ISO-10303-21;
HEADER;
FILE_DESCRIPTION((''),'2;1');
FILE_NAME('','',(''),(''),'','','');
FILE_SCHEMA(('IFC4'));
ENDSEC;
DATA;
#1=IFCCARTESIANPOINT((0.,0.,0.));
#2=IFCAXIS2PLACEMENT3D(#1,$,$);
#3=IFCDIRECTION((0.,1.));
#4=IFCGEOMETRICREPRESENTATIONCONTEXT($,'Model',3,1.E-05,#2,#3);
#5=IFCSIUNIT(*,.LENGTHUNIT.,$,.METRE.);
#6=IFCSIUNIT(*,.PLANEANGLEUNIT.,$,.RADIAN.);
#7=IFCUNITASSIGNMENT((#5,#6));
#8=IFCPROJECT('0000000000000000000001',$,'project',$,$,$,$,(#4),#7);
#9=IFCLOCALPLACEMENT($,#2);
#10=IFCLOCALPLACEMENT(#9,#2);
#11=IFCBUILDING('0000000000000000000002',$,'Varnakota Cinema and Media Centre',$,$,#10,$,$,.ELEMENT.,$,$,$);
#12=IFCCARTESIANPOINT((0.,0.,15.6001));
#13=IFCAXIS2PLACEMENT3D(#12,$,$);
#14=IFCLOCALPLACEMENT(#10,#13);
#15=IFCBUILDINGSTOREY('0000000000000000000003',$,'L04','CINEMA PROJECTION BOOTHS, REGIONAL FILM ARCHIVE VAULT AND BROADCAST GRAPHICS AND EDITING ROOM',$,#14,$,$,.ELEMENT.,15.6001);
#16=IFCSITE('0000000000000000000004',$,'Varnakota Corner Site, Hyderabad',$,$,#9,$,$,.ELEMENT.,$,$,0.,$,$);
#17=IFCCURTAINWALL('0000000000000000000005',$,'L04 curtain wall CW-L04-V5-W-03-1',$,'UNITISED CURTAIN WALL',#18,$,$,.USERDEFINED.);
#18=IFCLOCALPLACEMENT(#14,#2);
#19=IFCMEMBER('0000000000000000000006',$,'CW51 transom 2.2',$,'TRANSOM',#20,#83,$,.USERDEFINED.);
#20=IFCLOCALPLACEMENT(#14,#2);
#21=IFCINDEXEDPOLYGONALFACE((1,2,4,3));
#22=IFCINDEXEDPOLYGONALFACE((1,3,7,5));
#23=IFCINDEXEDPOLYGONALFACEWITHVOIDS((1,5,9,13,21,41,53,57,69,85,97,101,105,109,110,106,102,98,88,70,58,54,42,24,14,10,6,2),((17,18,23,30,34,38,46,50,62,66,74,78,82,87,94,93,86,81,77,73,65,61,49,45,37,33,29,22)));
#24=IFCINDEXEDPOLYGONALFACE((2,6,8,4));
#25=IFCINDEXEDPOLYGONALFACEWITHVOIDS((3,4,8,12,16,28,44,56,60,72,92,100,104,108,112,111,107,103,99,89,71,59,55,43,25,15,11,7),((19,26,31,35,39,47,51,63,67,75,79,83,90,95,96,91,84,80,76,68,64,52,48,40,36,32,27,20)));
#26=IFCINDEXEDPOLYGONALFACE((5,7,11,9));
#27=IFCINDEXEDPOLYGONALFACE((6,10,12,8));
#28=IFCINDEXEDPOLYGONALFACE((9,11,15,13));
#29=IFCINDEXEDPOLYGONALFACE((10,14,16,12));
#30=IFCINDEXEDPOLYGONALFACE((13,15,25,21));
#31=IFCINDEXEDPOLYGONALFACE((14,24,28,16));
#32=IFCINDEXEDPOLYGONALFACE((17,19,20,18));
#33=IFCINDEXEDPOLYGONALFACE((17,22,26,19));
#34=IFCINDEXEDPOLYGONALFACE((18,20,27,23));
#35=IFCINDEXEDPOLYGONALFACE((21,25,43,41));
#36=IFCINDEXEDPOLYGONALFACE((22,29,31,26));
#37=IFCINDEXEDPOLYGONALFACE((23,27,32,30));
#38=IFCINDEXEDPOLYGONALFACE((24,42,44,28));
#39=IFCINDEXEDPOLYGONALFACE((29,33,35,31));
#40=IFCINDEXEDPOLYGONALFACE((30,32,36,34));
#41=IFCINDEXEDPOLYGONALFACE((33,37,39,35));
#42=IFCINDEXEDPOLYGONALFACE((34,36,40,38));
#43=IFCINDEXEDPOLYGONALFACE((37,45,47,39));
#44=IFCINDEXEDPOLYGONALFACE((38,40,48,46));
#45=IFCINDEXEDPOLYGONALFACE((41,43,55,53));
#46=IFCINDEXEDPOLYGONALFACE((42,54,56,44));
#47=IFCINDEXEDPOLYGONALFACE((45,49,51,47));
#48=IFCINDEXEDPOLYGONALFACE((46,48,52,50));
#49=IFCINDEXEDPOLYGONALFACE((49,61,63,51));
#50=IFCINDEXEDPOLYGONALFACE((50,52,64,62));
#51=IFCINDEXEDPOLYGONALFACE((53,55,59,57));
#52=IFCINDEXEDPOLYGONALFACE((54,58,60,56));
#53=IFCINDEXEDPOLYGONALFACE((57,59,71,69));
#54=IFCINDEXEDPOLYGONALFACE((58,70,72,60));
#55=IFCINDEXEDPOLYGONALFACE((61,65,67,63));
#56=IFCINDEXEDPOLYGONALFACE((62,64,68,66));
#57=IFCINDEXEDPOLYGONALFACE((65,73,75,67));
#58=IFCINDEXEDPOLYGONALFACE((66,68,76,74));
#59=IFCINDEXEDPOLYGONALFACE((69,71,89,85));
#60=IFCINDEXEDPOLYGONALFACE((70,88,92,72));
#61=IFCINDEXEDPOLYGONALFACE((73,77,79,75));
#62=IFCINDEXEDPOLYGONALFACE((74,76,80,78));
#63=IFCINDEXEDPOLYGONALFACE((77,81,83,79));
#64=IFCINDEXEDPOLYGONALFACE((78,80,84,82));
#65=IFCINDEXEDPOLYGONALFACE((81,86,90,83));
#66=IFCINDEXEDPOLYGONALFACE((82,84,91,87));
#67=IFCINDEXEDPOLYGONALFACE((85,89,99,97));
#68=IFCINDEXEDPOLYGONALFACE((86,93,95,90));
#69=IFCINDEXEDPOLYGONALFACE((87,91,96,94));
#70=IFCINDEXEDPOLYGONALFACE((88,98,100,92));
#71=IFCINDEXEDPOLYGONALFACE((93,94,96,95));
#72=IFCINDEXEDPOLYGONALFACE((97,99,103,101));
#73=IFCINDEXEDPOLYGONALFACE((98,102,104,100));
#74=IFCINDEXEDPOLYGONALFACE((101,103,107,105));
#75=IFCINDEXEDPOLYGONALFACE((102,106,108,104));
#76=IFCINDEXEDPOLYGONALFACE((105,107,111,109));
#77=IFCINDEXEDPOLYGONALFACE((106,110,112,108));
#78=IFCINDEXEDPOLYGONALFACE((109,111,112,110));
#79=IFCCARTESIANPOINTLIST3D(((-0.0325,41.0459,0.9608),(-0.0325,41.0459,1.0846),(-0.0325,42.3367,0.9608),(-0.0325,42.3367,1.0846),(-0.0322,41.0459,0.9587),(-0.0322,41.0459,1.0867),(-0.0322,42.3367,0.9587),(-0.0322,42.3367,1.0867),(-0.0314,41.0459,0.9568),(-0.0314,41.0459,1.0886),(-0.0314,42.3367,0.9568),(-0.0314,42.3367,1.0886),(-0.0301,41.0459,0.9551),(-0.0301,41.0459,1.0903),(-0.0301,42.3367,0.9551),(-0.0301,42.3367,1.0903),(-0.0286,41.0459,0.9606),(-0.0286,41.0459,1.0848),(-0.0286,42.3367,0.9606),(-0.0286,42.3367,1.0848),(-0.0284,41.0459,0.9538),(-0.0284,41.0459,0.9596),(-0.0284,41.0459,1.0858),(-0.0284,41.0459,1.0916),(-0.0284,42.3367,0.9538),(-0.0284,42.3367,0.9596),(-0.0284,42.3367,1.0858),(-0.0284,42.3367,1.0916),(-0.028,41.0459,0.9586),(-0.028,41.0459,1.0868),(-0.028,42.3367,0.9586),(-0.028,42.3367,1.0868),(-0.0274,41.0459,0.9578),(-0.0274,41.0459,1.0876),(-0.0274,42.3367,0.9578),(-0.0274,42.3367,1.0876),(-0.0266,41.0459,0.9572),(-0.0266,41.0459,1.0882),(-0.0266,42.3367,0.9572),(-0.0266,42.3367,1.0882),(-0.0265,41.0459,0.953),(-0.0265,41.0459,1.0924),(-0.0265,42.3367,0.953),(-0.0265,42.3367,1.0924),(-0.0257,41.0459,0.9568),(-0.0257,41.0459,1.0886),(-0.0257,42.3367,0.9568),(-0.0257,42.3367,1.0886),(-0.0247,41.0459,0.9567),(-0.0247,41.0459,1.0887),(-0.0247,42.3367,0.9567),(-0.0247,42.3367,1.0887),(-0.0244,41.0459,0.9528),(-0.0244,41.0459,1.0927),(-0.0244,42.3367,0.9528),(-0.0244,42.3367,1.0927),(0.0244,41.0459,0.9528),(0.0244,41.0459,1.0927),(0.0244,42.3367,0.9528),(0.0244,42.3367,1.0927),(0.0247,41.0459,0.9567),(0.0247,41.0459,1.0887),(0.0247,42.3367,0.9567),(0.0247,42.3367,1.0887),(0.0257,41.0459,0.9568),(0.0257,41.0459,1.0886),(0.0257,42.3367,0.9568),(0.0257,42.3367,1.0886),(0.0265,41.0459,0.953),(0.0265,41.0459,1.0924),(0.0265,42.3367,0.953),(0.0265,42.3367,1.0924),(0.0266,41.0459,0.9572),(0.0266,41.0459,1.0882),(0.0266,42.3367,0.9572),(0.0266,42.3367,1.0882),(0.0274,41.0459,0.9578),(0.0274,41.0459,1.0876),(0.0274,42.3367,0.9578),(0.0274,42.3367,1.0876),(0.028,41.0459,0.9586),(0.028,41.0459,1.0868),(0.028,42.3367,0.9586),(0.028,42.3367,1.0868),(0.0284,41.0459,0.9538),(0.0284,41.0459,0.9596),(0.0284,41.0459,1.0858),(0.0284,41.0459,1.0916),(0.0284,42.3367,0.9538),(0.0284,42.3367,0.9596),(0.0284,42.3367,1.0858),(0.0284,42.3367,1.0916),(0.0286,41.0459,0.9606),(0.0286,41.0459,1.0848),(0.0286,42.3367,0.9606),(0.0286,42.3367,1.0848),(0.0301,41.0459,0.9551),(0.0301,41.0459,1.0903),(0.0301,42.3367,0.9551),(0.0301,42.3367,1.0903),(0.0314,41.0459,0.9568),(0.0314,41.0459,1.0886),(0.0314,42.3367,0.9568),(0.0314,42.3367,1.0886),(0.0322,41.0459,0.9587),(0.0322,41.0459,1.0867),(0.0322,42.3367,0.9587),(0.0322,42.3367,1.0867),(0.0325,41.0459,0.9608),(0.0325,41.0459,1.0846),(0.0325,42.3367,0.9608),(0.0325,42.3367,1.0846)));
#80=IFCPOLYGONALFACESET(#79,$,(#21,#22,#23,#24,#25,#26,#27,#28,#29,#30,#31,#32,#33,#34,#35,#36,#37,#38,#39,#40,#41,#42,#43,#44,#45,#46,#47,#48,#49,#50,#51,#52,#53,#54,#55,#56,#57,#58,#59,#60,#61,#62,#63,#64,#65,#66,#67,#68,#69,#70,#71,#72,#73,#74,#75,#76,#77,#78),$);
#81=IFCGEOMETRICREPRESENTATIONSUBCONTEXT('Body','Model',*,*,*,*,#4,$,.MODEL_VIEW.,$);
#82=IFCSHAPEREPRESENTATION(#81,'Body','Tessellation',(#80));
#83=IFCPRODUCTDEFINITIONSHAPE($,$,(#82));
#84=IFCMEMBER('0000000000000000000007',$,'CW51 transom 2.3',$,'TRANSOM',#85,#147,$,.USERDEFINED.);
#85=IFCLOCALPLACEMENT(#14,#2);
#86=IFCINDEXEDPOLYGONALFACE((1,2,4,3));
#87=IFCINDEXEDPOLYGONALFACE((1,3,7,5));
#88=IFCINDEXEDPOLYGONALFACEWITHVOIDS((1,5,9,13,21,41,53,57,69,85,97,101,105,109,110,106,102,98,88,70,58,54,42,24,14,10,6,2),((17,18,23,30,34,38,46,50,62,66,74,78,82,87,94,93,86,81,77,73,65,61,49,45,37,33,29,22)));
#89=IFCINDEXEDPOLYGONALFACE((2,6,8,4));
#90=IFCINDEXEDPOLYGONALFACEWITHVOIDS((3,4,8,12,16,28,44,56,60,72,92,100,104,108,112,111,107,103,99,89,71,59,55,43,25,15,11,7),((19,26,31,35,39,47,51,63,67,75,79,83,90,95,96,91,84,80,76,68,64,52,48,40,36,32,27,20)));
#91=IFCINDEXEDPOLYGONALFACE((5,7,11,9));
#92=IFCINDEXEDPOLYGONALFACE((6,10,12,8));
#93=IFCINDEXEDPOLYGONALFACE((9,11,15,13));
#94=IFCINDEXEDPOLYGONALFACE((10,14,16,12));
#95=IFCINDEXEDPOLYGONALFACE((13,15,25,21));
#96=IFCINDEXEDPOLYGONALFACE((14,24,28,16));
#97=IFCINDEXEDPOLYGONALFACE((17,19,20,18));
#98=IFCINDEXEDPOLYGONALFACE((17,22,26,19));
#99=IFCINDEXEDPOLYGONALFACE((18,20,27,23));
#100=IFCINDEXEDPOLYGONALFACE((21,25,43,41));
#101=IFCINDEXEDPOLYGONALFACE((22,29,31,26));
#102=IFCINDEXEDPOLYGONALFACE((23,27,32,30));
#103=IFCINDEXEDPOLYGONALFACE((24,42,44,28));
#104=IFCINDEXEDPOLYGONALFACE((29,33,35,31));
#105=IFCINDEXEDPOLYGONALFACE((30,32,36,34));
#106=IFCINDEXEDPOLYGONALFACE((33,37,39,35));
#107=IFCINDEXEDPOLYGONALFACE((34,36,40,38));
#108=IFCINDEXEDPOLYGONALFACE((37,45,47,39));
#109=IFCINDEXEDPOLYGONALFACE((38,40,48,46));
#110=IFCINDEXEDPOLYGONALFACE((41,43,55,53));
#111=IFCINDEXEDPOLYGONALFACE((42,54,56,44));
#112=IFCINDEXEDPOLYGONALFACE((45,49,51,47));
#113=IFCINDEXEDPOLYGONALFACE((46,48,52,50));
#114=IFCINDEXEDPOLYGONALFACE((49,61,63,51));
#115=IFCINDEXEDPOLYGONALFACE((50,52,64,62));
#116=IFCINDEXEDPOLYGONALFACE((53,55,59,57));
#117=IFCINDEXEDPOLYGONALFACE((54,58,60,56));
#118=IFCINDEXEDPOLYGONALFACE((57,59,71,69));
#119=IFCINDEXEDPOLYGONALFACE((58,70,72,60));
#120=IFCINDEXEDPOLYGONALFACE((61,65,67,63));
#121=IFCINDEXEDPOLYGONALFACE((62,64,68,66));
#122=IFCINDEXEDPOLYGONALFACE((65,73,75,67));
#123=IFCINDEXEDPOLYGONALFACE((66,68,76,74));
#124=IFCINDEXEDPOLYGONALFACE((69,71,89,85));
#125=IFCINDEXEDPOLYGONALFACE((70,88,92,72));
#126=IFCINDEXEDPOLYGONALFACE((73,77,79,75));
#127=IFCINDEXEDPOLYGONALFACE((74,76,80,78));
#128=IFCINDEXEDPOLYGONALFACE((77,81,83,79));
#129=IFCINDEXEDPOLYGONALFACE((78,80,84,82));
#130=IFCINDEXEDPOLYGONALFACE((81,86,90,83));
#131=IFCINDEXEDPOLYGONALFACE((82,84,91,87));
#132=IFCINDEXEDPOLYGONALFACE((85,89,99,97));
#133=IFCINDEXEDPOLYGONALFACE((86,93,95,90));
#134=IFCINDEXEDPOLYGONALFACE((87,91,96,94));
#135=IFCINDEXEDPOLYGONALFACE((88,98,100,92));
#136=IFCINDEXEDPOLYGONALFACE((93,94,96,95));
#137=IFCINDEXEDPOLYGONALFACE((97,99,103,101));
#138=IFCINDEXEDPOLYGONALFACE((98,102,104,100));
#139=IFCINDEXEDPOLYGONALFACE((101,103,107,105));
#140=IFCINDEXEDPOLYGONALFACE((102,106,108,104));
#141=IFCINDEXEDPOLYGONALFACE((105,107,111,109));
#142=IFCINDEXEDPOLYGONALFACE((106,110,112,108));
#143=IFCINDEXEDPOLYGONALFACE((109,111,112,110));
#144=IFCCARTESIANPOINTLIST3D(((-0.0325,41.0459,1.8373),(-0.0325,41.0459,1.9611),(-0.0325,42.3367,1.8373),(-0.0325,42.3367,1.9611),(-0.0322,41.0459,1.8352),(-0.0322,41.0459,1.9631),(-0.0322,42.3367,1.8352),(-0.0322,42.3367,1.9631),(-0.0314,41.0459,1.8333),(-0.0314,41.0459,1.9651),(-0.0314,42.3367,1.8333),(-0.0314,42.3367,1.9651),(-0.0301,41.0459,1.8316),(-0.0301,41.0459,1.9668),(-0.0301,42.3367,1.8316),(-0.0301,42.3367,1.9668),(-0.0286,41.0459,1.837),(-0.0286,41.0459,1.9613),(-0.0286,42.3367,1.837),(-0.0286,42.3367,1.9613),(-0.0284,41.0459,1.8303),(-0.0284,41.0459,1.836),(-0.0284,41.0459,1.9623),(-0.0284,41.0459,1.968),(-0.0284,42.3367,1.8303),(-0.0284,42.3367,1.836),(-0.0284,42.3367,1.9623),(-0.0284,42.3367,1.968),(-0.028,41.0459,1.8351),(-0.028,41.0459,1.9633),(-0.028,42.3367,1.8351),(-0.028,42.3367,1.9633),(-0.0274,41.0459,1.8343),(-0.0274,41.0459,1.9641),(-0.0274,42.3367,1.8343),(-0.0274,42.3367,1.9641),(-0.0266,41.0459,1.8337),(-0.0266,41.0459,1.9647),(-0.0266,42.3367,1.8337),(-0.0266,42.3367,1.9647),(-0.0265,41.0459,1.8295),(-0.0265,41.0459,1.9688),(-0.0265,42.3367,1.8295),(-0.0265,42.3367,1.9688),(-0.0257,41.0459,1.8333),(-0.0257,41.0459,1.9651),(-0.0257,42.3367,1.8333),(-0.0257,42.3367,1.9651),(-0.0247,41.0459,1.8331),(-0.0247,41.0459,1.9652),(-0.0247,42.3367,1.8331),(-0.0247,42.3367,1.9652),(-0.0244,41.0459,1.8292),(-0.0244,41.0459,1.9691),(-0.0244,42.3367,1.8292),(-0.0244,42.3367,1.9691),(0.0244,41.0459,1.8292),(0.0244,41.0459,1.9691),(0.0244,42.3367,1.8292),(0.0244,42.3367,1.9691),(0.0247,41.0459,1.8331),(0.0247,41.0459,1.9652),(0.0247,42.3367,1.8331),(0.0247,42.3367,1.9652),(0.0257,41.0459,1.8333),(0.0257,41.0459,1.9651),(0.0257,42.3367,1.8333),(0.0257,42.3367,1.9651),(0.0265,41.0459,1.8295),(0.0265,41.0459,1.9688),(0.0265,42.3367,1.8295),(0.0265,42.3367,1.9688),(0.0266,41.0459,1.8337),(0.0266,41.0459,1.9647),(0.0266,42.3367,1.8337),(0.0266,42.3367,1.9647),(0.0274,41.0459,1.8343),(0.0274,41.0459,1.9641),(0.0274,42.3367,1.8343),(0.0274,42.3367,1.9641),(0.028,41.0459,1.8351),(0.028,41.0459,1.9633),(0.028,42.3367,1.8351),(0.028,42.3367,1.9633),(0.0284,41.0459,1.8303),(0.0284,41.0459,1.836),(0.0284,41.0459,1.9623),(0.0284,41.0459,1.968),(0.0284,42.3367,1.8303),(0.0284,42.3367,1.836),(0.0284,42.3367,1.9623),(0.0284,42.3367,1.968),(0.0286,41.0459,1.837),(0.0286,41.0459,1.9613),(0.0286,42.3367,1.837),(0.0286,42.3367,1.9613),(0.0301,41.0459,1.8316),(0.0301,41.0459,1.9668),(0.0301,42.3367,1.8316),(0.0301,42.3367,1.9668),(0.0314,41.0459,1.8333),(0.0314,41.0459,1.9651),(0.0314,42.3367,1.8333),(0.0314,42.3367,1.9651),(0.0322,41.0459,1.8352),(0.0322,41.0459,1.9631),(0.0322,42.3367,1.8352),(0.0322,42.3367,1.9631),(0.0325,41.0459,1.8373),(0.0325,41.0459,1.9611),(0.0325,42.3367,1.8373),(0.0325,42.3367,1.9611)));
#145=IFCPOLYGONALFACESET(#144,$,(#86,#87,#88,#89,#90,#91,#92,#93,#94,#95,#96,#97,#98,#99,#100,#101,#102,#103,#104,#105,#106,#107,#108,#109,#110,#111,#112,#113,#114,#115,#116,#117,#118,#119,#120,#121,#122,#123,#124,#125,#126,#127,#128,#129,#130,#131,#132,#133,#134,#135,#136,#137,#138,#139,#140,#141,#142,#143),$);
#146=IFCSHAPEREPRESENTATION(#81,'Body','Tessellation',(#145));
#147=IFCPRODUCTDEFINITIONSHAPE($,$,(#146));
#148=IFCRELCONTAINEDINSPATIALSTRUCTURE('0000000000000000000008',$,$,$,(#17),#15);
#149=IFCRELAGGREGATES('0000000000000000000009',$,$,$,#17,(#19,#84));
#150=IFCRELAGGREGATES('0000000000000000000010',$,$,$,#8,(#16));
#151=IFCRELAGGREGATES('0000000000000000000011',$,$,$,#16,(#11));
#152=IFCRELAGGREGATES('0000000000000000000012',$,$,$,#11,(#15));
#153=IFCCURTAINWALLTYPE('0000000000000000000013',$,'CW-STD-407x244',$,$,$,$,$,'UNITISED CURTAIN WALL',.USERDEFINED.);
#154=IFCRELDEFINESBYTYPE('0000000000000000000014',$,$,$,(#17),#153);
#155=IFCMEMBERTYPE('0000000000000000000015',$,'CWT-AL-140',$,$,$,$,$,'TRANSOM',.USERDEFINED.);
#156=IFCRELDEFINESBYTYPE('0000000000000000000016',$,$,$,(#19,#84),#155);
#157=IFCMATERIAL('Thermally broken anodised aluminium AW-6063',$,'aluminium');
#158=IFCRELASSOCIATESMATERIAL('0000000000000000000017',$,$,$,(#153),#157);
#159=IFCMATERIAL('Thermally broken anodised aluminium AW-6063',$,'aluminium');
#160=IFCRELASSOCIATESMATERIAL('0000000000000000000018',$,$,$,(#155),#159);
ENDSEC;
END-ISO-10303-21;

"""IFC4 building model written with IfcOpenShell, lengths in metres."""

from ifc_helpers import new_model, si_unit, direction, frame, origin, origin_2d, place, context, subcontext, project, spatial, hollow_rectangle, extrude, material, material_profile, profile_set, type_object, element, aggregate, save


model = new_model("IFC4")

# Units and contexts
model_context = context("Model", 3, precision=1e-05, world=origin(), true_north=direction((0.0, 1.0)))
body_context = subcontext(model_context, "Body", "Model", "MODEL_VIEW")
ifc_project = project(units=[si_unit("LENGTHUNIT", "METRE"), si_unit("PLANEANGLEUNIT", "RADIAN")], contexts=[model_context])

# Site, building, storey
site_placement = place(None, origin())
site = spatial("IfcSite", under=ifc_project, at=site_placement, Name="Varnakota Corner Site, Hyderabad", CompositionType="ELEMENT", RefElevation=0.0)
building_placement = place(site_placement, origin())
building = spatial("IfcBuilding", under=site, at=building_placement, Name="Varnakota Cinema and Media Centre", CompositionType="ELEMENT")
storey_placement = place(building_placement, frame((0.0, 0.0, 15.6001)))
storey = spatial("IfcBuildingStorey", under=building, at=storey_placement, Name="L04", Description="CINEMA PROJECTION BOOTHS, REGIONAL FILM ARCHIVE VAULT AND BROADCAST GRAPHICS AND EDITING ROOM", CompositionType="ELEMENT", Elevation=15.6001)

# Curtain wall
ifc_material_1 = material(Name="Thermally broken anodised aluminium AW-6063", Category="aluminium")
curtain_wall_type_1 = type_object("IfcCurtainWallType", Name="CW-STD-407x244", ElementType="UNITISED CURTAIN WALL", PredefinedType="USERDEFINED", material=ifc_material_1)
curtain_wall_1_placement = place(storey_placement, origin())
curtain_wall_1 = element("IfcCurtainWall", 1, at=curtain_wall_1_placement, inside=storey, type_object=curtain_wall_type_1, Name="L04 curtain wall CW-L04-V5-W-03-1", ObjectType="UNITISED CURTAIN WALL", PredefinedType="USERDEFINED")

# Members
ifc_material_2 = material(Name="Thermally broken anodised aluminium AW-6063", Category="aluminium")
ifc_material_profile_1 = material_profile(ifc_material_2, hollow_rectangle(XDim=0.0649, YDim=0.1399, WallThickness=0.0039, InnerFilletRadius=0.0039, OuterFilletRadius=0.0081, at=origin_2d()), Name="AL-TRANSOM 140x65x4")
ifc_profile_set_1 = profile_set([ifc_material_profile_1], Name="Thermally broken anodised aluminium AW-6063")
member_type_1 = type_object("IfcMemberType", Name="CWT-AL-140", ElementType="TRANSOM", PredefinedType="USERDEFINED", material=ifc_profile_set_1)
member_1_placement = place(storey_placement, frame((0.0, 42.3367, 1.0227), z_axis=(0.0, -1.0, 0.0), x_axis=(1.0, 0.0, 0.0)))
member_1 = element("IfcMember", 2, at=member_1_placement, type_object=member_type_1, Name="CW51 transom 2.2", ObjectType="TRANSOM", PredefinedType="USERDEFINED", context=body_context, shape_type="SweptSolid", body=[
    extrude(hollow_rectangle(XDim=0.0649, YDim=0.1399, WallThickness=0.0039, InnerFilletRadius=0.0039, OuterFilletRadius=0.0081, at=origin_2d()), origin(), (0.0, 0.0, 1.0), 1.2908),
])
member_2_placement = place(storey_placement, frame((0.0, 42.3367, 1.8992), z_axis=(0.0, -1.0, 0.0), x_axis=(1.0, 0.0, 0.0)))
member_2 = element("IfcMember", 3, at=member_2_placement, type_object=member_type_1, Name="CW51 transom 2.3", ObjectType="TRANSOM", PredefinedType="USERDEFINED", context=body_context, shape_type="SweptSolid", body=[
    extrude(hollow_rectangle(XDim=0.0649, YDim=0.1399, WallThickness=0.0039, InnerFilletRadius=0.0039, OuterFilletRadius=0.0081, at=origin_2d()), origin(), (0.0, 0.0, 1.0), 1.2908),
])

aggregate(curtain_wall_1, [member_1, member_2])

save(model, "model.ifc")
